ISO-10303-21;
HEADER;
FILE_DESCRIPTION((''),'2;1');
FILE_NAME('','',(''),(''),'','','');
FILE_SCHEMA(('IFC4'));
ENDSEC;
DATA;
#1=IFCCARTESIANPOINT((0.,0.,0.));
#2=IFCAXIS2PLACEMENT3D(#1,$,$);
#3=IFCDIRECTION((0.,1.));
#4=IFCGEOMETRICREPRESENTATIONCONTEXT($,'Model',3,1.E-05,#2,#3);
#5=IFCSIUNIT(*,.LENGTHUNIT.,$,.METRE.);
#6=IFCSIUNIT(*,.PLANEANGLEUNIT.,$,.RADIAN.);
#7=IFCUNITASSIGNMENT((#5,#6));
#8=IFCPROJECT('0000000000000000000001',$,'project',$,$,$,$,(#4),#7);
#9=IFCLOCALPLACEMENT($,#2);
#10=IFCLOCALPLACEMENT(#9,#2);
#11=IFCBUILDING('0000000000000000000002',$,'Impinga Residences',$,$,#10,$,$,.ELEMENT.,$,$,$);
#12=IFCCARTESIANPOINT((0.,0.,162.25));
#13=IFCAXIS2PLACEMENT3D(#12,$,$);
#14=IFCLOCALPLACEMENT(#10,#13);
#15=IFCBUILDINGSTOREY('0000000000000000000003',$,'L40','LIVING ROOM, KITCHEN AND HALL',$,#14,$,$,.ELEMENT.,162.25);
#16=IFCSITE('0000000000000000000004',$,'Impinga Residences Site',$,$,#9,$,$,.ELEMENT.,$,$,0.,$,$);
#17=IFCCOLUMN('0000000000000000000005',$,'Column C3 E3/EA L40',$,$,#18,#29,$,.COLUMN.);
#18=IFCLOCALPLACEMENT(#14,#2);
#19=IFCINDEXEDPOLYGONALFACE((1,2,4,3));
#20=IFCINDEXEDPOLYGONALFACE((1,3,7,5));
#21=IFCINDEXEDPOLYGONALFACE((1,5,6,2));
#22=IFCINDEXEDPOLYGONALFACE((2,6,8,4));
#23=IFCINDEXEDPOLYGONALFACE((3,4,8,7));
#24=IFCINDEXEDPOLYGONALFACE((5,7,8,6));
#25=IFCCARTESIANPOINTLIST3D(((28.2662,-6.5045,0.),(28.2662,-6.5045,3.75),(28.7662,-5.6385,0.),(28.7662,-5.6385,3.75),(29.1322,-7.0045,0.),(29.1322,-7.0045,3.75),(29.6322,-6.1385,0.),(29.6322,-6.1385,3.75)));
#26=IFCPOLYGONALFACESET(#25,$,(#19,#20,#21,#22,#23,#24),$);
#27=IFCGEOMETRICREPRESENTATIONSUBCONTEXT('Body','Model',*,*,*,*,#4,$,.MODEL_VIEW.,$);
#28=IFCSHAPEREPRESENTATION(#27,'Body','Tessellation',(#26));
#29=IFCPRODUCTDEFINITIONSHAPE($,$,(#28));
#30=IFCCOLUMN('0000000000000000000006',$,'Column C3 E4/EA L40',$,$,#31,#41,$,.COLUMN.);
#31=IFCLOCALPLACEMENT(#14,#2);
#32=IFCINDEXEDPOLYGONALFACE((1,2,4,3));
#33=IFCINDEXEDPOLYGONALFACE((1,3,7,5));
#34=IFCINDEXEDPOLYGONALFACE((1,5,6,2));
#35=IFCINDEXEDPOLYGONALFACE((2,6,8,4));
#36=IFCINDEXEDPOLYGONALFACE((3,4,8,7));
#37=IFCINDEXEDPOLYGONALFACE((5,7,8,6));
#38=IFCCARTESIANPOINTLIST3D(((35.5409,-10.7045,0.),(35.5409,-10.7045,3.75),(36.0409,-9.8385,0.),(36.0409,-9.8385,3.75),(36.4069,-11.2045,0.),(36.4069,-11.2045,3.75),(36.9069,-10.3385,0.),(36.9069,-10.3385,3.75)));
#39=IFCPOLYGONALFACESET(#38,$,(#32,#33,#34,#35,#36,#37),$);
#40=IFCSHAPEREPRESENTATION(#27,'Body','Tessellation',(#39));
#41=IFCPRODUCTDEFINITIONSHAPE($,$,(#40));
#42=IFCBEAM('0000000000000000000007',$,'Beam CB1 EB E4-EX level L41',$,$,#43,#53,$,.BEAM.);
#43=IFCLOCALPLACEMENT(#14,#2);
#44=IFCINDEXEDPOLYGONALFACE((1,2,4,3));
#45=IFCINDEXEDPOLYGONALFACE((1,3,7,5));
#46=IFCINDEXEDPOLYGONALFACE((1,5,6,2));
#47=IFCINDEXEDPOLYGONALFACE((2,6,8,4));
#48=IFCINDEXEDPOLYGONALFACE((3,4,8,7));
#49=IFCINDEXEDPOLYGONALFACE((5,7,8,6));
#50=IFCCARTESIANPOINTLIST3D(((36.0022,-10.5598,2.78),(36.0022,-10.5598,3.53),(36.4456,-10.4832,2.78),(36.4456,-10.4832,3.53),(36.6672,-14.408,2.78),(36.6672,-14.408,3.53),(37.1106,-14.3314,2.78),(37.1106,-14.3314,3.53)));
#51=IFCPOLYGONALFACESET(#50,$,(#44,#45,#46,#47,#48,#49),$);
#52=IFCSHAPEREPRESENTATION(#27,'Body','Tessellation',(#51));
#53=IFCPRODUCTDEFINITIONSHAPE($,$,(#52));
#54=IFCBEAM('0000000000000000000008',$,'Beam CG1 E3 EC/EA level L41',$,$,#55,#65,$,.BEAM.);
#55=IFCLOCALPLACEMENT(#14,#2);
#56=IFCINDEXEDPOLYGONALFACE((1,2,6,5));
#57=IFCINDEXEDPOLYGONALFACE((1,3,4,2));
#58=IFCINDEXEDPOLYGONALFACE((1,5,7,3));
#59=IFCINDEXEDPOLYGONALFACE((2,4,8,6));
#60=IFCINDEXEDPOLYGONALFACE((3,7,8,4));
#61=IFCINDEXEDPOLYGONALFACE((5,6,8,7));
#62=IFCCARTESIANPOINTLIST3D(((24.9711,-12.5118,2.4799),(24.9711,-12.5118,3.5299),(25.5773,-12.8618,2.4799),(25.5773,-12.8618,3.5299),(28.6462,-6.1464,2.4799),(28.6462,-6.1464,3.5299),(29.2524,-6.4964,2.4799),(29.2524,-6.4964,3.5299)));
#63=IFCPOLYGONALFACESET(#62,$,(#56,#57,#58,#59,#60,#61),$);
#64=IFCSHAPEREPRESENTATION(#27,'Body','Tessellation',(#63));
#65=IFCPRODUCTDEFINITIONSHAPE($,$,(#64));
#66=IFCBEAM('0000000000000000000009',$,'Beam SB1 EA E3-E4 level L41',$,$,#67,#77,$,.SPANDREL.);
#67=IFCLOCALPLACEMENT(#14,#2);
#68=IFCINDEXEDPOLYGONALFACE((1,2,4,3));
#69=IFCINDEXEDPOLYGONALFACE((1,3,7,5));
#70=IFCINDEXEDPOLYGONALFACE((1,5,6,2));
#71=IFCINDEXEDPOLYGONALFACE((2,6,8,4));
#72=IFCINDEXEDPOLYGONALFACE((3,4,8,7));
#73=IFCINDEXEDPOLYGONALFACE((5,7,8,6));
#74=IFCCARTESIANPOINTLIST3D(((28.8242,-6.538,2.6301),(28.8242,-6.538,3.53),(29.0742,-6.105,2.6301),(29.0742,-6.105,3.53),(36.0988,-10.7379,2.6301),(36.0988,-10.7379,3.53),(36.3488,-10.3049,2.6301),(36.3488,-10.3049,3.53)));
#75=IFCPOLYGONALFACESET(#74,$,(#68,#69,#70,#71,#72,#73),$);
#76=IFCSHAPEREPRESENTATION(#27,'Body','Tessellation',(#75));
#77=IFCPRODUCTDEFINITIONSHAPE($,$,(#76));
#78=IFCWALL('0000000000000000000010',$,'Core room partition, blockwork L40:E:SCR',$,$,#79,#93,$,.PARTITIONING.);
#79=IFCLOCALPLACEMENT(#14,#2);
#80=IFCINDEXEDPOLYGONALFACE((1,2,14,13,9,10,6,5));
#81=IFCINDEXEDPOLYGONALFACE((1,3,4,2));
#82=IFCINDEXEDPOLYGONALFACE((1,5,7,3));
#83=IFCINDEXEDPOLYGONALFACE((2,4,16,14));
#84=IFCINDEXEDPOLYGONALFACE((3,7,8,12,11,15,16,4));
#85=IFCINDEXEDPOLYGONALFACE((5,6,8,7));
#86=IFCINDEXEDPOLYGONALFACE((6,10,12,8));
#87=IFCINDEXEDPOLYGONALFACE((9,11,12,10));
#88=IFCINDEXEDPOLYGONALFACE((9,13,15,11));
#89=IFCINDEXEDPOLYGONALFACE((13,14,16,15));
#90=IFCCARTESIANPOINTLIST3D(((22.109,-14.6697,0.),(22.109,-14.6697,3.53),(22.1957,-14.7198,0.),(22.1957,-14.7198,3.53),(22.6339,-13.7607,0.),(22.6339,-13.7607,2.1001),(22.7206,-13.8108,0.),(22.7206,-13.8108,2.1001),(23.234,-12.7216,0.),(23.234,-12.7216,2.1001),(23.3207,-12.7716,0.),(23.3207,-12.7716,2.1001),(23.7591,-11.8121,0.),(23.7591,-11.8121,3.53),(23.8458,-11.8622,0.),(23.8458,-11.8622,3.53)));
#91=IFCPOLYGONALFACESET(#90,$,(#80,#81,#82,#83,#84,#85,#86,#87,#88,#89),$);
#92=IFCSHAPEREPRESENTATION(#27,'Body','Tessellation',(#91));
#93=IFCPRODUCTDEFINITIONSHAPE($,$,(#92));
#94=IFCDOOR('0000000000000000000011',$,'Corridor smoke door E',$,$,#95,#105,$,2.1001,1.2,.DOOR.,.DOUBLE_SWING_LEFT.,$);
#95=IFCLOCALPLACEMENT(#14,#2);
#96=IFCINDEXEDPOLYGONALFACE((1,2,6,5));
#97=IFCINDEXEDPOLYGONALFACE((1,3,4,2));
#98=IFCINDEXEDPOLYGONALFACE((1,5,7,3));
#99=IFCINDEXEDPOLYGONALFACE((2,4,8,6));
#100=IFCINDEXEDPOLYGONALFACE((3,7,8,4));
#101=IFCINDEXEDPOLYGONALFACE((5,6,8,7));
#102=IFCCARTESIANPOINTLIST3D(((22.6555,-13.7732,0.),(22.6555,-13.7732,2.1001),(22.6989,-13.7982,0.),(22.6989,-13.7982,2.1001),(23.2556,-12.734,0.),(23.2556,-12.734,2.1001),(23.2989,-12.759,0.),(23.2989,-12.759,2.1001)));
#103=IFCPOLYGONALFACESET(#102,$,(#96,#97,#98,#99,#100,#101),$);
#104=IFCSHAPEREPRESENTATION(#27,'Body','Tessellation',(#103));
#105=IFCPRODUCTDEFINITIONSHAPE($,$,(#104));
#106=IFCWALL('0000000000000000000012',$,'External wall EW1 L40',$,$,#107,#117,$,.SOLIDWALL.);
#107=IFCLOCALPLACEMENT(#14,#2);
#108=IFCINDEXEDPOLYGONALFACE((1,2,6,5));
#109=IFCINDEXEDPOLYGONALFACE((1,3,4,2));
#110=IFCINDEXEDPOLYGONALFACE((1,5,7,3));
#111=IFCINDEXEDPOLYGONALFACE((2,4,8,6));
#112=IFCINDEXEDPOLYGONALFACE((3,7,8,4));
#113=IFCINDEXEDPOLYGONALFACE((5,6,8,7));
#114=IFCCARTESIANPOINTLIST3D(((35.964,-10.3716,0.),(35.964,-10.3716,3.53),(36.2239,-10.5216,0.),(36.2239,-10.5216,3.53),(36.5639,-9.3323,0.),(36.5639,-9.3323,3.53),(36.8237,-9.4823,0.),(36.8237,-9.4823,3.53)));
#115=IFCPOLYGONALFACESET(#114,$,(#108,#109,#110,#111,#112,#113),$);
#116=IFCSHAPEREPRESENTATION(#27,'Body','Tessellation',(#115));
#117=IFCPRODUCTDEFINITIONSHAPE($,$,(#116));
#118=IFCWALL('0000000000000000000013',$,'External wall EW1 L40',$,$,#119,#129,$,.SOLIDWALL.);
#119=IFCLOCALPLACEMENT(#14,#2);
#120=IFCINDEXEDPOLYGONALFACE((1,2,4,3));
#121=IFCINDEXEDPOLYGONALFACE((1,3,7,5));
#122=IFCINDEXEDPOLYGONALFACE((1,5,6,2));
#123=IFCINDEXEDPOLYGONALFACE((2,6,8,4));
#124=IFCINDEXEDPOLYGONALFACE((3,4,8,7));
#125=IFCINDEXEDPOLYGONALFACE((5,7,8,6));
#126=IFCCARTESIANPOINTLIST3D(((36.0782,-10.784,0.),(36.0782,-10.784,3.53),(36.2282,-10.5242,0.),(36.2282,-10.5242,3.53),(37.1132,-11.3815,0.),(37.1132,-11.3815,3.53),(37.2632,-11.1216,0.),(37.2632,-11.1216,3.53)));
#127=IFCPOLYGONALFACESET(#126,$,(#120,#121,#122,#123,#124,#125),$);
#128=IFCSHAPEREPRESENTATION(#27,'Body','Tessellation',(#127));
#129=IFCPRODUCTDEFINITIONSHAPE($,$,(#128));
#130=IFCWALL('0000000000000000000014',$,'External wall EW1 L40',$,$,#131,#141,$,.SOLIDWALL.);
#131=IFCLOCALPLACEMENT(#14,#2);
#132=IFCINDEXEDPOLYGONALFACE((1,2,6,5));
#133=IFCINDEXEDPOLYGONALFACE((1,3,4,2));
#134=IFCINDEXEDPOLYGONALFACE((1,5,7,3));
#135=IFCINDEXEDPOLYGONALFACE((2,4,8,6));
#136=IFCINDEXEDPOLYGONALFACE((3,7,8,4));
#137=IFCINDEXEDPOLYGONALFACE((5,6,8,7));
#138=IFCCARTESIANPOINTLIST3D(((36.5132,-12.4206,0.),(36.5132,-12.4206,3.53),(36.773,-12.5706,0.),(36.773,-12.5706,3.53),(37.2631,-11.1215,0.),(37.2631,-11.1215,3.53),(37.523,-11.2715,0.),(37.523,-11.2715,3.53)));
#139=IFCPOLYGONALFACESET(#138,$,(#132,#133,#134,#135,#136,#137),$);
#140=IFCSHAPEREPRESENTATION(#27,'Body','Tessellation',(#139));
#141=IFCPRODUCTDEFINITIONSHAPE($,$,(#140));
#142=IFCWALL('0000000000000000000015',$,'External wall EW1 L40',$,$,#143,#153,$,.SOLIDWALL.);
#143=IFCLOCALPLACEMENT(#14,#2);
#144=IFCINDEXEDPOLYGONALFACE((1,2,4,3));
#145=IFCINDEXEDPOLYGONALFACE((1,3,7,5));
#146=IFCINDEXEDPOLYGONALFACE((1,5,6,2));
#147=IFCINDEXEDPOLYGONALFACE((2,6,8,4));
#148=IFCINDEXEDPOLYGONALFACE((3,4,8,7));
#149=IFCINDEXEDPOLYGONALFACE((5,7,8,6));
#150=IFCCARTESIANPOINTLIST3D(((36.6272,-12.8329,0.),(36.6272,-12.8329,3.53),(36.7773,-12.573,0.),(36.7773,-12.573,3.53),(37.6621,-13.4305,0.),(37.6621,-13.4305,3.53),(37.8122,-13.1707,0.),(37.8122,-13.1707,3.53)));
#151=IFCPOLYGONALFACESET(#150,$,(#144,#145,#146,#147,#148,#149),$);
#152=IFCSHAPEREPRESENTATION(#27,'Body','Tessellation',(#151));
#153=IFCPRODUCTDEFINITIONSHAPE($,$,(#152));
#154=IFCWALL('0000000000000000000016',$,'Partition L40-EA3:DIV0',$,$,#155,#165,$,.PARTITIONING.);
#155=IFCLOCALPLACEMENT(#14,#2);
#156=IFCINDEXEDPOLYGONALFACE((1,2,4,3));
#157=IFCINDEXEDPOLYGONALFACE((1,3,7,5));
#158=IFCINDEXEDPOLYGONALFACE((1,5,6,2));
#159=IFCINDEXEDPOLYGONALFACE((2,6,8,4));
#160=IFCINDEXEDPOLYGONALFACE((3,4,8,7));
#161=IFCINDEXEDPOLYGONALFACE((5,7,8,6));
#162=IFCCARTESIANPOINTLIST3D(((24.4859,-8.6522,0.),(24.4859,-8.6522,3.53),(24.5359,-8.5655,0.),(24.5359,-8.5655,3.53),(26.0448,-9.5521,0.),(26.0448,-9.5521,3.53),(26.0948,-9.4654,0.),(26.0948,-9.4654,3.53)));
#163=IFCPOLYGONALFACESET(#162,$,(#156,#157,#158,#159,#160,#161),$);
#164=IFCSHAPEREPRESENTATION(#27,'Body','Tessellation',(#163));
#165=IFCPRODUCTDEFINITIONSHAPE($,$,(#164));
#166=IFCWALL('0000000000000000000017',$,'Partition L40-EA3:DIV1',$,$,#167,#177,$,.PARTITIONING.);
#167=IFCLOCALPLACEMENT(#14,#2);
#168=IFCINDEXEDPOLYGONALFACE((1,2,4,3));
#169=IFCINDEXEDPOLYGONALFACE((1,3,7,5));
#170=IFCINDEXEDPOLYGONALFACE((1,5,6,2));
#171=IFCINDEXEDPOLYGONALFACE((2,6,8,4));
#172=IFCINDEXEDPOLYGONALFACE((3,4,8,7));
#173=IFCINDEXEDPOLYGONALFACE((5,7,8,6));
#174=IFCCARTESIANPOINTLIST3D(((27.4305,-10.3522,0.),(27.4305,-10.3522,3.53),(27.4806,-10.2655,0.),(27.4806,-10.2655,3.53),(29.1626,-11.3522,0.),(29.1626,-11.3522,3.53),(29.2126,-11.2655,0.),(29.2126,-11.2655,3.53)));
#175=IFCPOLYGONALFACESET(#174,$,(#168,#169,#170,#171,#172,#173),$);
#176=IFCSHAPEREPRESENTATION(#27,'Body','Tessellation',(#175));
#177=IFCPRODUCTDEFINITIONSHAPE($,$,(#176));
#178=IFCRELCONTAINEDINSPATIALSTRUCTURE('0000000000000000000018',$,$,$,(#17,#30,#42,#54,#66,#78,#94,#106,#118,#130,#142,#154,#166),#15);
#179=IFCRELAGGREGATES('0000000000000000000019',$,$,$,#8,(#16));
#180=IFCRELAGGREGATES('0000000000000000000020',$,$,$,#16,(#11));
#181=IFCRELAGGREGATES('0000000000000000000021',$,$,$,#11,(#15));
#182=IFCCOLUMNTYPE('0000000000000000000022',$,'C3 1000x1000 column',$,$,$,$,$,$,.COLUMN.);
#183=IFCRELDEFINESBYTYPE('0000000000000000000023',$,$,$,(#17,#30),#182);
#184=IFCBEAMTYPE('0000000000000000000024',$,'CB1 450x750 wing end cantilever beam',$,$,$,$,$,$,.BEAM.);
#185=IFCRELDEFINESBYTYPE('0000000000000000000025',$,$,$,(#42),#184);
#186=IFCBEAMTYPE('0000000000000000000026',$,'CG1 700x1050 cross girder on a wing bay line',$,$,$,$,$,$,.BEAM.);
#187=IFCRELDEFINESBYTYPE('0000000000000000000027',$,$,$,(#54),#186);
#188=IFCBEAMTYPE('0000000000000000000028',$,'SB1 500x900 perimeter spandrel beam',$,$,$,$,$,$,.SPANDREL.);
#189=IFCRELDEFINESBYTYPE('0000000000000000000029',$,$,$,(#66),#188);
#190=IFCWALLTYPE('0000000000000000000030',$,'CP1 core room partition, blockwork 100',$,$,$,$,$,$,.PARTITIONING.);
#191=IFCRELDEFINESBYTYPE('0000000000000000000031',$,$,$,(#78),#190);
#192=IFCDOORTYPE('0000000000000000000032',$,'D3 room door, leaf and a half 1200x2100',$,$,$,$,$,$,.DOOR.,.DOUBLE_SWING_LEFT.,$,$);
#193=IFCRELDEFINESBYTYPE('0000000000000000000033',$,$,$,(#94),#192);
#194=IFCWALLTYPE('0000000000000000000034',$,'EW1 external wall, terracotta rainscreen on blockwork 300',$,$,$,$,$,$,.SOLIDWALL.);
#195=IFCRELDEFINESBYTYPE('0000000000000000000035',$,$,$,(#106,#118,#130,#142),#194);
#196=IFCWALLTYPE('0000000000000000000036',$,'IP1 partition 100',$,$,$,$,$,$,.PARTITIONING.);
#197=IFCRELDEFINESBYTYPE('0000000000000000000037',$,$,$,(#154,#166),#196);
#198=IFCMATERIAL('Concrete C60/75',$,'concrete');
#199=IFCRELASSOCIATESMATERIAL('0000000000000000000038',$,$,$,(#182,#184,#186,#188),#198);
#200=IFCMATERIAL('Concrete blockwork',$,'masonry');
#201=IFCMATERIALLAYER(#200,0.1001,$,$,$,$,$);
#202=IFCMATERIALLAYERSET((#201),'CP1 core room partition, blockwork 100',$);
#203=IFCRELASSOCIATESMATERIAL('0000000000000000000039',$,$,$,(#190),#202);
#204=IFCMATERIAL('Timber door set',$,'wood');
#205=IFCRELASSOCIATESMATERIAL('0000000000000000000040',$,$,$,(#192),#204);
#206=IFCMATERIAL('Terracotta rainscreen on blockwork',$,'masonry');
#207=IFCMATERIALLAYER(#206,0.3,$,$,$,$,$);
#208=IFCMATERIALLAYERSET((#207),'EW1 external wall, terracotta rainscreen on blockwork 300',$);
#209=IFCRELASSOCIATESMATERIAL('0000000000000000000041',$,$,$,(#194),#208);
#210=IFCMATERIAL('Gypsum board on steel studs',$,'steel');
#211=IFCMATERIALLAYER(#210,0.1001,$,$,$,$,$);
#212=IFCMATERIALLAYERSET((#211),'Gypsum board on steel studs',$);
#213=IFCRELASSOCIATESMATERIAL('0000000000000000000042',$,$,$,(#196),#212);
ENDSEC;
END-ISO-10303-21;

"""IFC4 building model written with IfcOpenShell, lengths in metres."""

from ifc_helpers import new_model, si_unit, direction, frame, frame_2d, origin, origin_2d, place, context, subcontext, project, spatial, rectangle, extrude, material, layer, layer_set, material_profile, profile_set, type_object, element, fill, save


model = new_model("IFC4")

# Units and contexts
model_context = context("Model", 3, precision=1e-05, world=origin(), true_north=direction((0.0, 1.0)))
body_context = subcontext(model_context, "Body", "Model", "MODEL_VIEW")
ifc_project = project(units=[si_unit("LENGTHUNIT", "METRE"), si_unit("PLANEANGLEUNIT", "RADIAN")], contexts=[model_context])

# Site, building, storey
site_placement = place(None, origin())
site = spatial("IfcSite", under=ifc_project, at=site_placement, Name="Impinga Residences Site", CompositionType="ELEMENT", RefElevation=0.0)
building_placement = place(site_placement, origin())
building = spatial("IfcBuilding", under=site, at=building_placement, Name="Impinga Residences", CompositionType="ELEMENT")
storey_placement = place(building_placement, frame((0.0, 0.0, 162.25)))
storey = spatial("IfcBuildingStorey", under=building, at=storey_placement, Name="L40", Description="LIVING ROOM, KITCHEN AND HALL", CompositionType="ELEMENT", Elevation=162.25)

# Columns
ifc_material_1 = material(Name="Concrete C60/75", Category="concrete")
ifc_material_profile_1 = material_profile(ifc_material_1, rectangle(XDim=1.0, YDim=1.0, at=origin_2d()), Name="RC 1000x1000")
ifc_profile_set_1 = profile_set([ifc_material_profile_1], Name="Concrete C60/75")
column_type = type_object("IfcColumnType", Name="C3 1000x1000 column", PredefinedType="COLUMN", material=ifc_profile_set_1)
for number, where, z_axis, x_axis, name in (
    (1, (28.9492, -6.3215, 0.0), (0.0, 0.0, 1.0), (-0.5, -0.866025, 0.0), "Column C3 E3/EA L40"),
    (2, (36.2239, -10.5215, 0.0), (0.0, 0.0, 1.0), (-0.5, -0.866025, 0.0), "Column C3 E4/EA L40"),
):
    element("IfcColumn", number, at=place(storey_placement, frame(where, z_axis=z_axis, x_axis=x_axis)), inside=storey, type_object=column_type, Name=name, PredefinedType="COLUMN", context=body_context, shape_type="SweptSolid", body=[
        extrude(rectangle(XDim=1.0, YDim=1.0, at=origin_2d()), origin(), (0.0, 0.0, 1.0), 3.75),
    ])

# Beams
ifc_material_profile_2 = material_profile(ifc_material_1, rectangle(XDim=0.45, YDim=0.75, at=origin_2d()), Name="RC 450x750")
ifc_profile_set_2 = profile_set([ifc_material_profile_2], Name="Concrete C60/75")
beam_type_1 = type_object("IfcBeamType", Name="CB1 450x750 wing end cantilever beam", PredefinedType="BEAM", material=ifc_profile_set_2)
beam_1_placement = place(storey_placement, frame((36.2239, -10.5215, 3.155), z_axis=(0.170296, -0.985393, 0.0), x_axis=(0.985393, 0.170296, 0.0)))
element("IfcBeam", 3, at=beam_1_placement, inside=storey, type_object=beam_type_1, Name="Beam CB1 EB E4-EX level L41", PredefinedType="BEAM", context=body_context, shape_type="SweptSolid", body=[
    extrude(rectangle(XDim=0.45, YDim=0.75, at=origin_2d()), origin(), (0.0, 0.0, 1.0), 3.9053),
])
ifc_material_profile_3 = material_profile(ifc_material_1, rectangle(XDim=0.7, YDim=1.05, at=origin_2d()), Name="RC 700x1050")
ifc_profile_set_3 = profile_set([ifc_material_profile_3], Name="Concrete C60/75")
beam_type_2 = type_object("IfcBeamType", Name="CG1 700x1050 cross girder on a wing bay line", PredefinedType="BEAM", material=ifc_profile_set_3)
beam_2_placement = place(storey_placement, frame((25.2742, -12.6868, 3.0049), z_axis=(0.500008, 0.866021, 0.0), x_axis=(-0.866021, 0.500008, 0.0)))
element("IfcBeam", 4, at=beam_2_placement, inside=storey, type_object=beam_type_2, Name="Beam CG1 E3 EC/EA level L41", PredefinedType="BEAM", context=body_context, shape_type="SweptSolid", body=[
    extrude(rectangle(XDim=0.7, YDim=1.05, at=origin_2d()), origin(), (0.0, 0.0, 1.0), 7.3501),
])
ifc_material_profile_4 = material_profile(ifc_material_1, rectangle(XDim=0.5, YDim=0.8999, at=origin_2d()), Name="RC 500x900")
ifc_profile_set_4 = profile_set([ifc_material_profile_4], Name="Concrete C60/75")
beam_type_3 = type_object("IfcBeamType", Name="SB1 500x900 perimeter spandrel beam", PredefinedType="SPANDREL", material=ifc_profile_set_4)
beam_3_placement = place(storey_placement, frame((28.9492, -6.3215, 3.0801), z_axis=(0.866029, -0.499993, 0.0), x_axis=(0.499993, 0.866029, 0.0)))
element("IfcBeam", 5, at=beam_3_placement, inside=storey, type_object=beam_type_3, Name="Beam SB1 EA E3-E4 level L41", PredefinedType="SPANDREL", context=body_context, shape_type="SweptSolid", body=[
    extrude(rectangle(XDim=0.5, YDim=0.8999, at=origin_2d()), origin(), (0.0, 0.0, 1.0), 8.3999),
])

# Wall, opening, door
ifc_material_2 = material(Name="Concrete blockwork", Category="masonry")
ifc_layer_1 = layer(ifc_material_2, 0.1001)
ifc_layer_set_1 = layer_set([ifc_layer_1], Name="CP1 core room partition, blockwork 100")
wall_type_1 = type_object("IfcWallType", Name="CP1 core room partition, blockwork 100", PredefinedType="PARTITIONING", material=ifc_layer_set_1)
wall_1_placement = place(storey_placement, frame((23.8025, -11.8372, 0.0), z_axis=(0.0, 0.0, 1.0), x_axis=(-0.500062, -0.86599, 0.0)))
wall_1 = element("IfcWall", 6, at=wall_1_placement, inside=storey, type_object=wall_type_1, Name="Core room partition, blockwork L40:E:SCR", PredefinedType="PARTITIONING", context=body_context, shape_type="SweptSolid", body=[
    extrude(rectangle(XDim=3.2998, YDim=0.1001, at=frame_2d((1.6499, 0.0))), origin(), (0.0, 0.0, 1.0), 3.53),
])
opening_1_placement = place(wall_1_placement, frame((1.05, 0.0, 0.0)))
opening_1 = element("IfcOpeningElement", 7, at=opening_1_placement, cuts=wall_1, PredefinedType="OPENING", context=body_context, shape_type="SweptSolid", body=[
    extrude(rectangle(XDim=1.2, YDim=2.1001, at=frame_2d((0.6001, 1.05))), frame((0.0, 0.0601, 0.0), z_axis=(0.0, -1.0, 0.0), x_axis=(1.0, 0.0, 0.0)), (0.0, 0.0, 1.0), 0.1201),
])
ifc_material_3 = material(Name="Timber door set", Category="wood")
door_type_1 = type_object("IfcDoorType", Name="D3 room door, leaf and a half 1200x2100", OperationType="DOUBLE_SWING_LEFT", PredefinedType="DOOR", material=ifc_material_3)
door_1_placement = place(opening_1_placement, origin())
door_1 = element("IfcDoor", 8, at=door_1_placement, inside=storey, type_object=door_type_1, Name="Corridor smoke door E", OperationType="DOUBLE_SWING_LEFT", OverallHeight=2.1001, OverallWidth=1.2, PredefinedType="DOOR", context=body_context, shape_type="SweptSolid", body=[
    extrude(rectangle(XDim=1.2, YDim=2.1001, at=frame_2d((0.6001, 1.05))), frame((0.0, 0.0249, 0.0), z_axis=(0.0, -1.0, 0.0), x_axis=(1.0, 0.0, 0.0)), (0.0, 0.0, 1.0), 0.05),
])
fill(opening_1, door_1)

# Walls
ifc_material_4 = material(Name="Terracotta rainscreen on blockwork", Category="masonry")
ifc_layer_2 = layer(ifc_material_4, 0.3)
ifc_layer_set_2 = layer_set([ifc_layer_2], Name="EW1 external wall, terracotta rainscreen on blockwork 300")
wall_type_2 = type_object("IfcWallType", Name="EW1 external wall, terracotta rainscreen on blockwork 300", PredefinedType="SOLIDWALL", material=ifc_layer_set_2)
wall_2_placement = place(storey_placement, frame((36.6938, -9.4072, 0.0), z_axis=(0.0, 0.0, 1.0), x_axis=(-0.499881, -0.866094, 0.0)))
element("IfcWall", 9, at=wall_2_placement, inside=storey, type_object=wall_type_2, Name="External wall EW1 L40", PredefinedType="SOLIDWALL", context=body_context, shape_type="SweptSolid", body=[
    extrude(rectangle(XDim=1.2, YDim=0.3, at=frame_2d((0.6001, 0.0))), origin(), (0.0, 0.0, 1.0), 3.53),
])
wall_3_placement = place(storey_placement, frame((36.1531, -10.6541, 0.0), z_axis=(0.0, 0.0, 1.0), x_axis=(0.86606, -0.499941, 0.0)))
element("IfcWall", 10, at=wall_3_placement, inside=storey, type_object=wall_type_2, Name="External wall EW1 L40", PredefinedType="SOLIDWALL", context=body_context, shape_type="SweptSolid", body=[
    extrude(rectangle(XDim=1.1951, YDim=0.3, at=frame_2d((0.5977, 0.0))), origin(), (0.0, 0.0, 1.0), 3.53),
])
wall_4_placement = place(storey_placement, frame((37.3931, -11.1965, 0.0), z_axis=(0.0, 0.0, 1.0), x_axis=(-0.49999, -0.866031, 0.0)))
element("IfcWall", 11, at=wall_4_placement, inside=storey, type_object=wall_type_2, Name="External wall EW1 L40", PredefinedType="SOLIDWALL", context=body_context, shape_type="SweptSolid", body=[
    extrude(rectangle(XDim=1.5, YDim=0.3, at=frame_2d((0.75, 0.0))), origin(), (0.0, 0.0, 1.0), 3.53),
])
wall_5_placement = place(storey_placement, frame((36.7021, -12.7029, 0.0), z_axis=(0.0, 0.0, 1.0), x_axis=(0.865971, -0.500094, 0.0)))
element("IfcWall", 12, at=wall_5_placement, inside=storey, type_object=wall_type_2, Name="External wall EW1 L40", PredefinedType="SOLIDWALL", context=body_context, shape_type="SweptSolid", body=[
    extrude(rectangle(XDim=1.1951, YDim=0.3, at=frame_2d((0.5977, 0.0))), origin(), (0.0, 0.0, 1.0), 3.53),
])
ifc_material_5 = material(Name="Gypsum board on steel studs", Category="steel")
ifc_layer_3 = layer(ifc_material_5, 0.1001)
ifc_layer_set_3 = layer_set([ifc_layer_3], Name="Gypsum board on steel studs")
wall_type_3 = type_object("IfcWallType", Name="IP1 partition 100", PredefinedType="PARTITIONING", material=ifc_layer_set_3)
wall_6_placement = place(storey_placement, frame((24.511, -8.6089, 0.0), z_axis=(0.0, 0.0, 1.0), x_axis=(0.866048, -0.499961, 0.0)))
element("IfcWall", 13, at=wall_6_placement, inside=storey, type_object=wall_type_3, Name="Partition L40-EA3:DIV0", PredefinedType="PARTITIONING", context=body_context, shape_type="SweptSolid", body=[
    extrude(rectangle(XDim=1.8, YDim=0.1001, at=frame_2d((0.8999, 0.0))), origin(), (0.0, 0.0, 1.0), 3.53),
])
wall_7_placement = place(storey_placement, frame((27.4556, -10.3088, 0.0), z_axis=(0.0, 0.0, 1.0), x_axis=(0.866011, -0.500025, 0.0)))
element("IfcWall", 14, at=wall_7_placement, inside=storey, type_object=wall_type_3, Name="Partition L40-EA3:DIV1", PredefinedType="PARTITIONING", context=body_context, shape_type="SweptSolid", body=[
    extrude(rectangle(XDim=2.0, YDim=0.1001, at=frame_2d((1.0, 0.0))), origin(), (0.0, 0.0, 1.0), 3.53),
])

save(model, "model.ifc")
